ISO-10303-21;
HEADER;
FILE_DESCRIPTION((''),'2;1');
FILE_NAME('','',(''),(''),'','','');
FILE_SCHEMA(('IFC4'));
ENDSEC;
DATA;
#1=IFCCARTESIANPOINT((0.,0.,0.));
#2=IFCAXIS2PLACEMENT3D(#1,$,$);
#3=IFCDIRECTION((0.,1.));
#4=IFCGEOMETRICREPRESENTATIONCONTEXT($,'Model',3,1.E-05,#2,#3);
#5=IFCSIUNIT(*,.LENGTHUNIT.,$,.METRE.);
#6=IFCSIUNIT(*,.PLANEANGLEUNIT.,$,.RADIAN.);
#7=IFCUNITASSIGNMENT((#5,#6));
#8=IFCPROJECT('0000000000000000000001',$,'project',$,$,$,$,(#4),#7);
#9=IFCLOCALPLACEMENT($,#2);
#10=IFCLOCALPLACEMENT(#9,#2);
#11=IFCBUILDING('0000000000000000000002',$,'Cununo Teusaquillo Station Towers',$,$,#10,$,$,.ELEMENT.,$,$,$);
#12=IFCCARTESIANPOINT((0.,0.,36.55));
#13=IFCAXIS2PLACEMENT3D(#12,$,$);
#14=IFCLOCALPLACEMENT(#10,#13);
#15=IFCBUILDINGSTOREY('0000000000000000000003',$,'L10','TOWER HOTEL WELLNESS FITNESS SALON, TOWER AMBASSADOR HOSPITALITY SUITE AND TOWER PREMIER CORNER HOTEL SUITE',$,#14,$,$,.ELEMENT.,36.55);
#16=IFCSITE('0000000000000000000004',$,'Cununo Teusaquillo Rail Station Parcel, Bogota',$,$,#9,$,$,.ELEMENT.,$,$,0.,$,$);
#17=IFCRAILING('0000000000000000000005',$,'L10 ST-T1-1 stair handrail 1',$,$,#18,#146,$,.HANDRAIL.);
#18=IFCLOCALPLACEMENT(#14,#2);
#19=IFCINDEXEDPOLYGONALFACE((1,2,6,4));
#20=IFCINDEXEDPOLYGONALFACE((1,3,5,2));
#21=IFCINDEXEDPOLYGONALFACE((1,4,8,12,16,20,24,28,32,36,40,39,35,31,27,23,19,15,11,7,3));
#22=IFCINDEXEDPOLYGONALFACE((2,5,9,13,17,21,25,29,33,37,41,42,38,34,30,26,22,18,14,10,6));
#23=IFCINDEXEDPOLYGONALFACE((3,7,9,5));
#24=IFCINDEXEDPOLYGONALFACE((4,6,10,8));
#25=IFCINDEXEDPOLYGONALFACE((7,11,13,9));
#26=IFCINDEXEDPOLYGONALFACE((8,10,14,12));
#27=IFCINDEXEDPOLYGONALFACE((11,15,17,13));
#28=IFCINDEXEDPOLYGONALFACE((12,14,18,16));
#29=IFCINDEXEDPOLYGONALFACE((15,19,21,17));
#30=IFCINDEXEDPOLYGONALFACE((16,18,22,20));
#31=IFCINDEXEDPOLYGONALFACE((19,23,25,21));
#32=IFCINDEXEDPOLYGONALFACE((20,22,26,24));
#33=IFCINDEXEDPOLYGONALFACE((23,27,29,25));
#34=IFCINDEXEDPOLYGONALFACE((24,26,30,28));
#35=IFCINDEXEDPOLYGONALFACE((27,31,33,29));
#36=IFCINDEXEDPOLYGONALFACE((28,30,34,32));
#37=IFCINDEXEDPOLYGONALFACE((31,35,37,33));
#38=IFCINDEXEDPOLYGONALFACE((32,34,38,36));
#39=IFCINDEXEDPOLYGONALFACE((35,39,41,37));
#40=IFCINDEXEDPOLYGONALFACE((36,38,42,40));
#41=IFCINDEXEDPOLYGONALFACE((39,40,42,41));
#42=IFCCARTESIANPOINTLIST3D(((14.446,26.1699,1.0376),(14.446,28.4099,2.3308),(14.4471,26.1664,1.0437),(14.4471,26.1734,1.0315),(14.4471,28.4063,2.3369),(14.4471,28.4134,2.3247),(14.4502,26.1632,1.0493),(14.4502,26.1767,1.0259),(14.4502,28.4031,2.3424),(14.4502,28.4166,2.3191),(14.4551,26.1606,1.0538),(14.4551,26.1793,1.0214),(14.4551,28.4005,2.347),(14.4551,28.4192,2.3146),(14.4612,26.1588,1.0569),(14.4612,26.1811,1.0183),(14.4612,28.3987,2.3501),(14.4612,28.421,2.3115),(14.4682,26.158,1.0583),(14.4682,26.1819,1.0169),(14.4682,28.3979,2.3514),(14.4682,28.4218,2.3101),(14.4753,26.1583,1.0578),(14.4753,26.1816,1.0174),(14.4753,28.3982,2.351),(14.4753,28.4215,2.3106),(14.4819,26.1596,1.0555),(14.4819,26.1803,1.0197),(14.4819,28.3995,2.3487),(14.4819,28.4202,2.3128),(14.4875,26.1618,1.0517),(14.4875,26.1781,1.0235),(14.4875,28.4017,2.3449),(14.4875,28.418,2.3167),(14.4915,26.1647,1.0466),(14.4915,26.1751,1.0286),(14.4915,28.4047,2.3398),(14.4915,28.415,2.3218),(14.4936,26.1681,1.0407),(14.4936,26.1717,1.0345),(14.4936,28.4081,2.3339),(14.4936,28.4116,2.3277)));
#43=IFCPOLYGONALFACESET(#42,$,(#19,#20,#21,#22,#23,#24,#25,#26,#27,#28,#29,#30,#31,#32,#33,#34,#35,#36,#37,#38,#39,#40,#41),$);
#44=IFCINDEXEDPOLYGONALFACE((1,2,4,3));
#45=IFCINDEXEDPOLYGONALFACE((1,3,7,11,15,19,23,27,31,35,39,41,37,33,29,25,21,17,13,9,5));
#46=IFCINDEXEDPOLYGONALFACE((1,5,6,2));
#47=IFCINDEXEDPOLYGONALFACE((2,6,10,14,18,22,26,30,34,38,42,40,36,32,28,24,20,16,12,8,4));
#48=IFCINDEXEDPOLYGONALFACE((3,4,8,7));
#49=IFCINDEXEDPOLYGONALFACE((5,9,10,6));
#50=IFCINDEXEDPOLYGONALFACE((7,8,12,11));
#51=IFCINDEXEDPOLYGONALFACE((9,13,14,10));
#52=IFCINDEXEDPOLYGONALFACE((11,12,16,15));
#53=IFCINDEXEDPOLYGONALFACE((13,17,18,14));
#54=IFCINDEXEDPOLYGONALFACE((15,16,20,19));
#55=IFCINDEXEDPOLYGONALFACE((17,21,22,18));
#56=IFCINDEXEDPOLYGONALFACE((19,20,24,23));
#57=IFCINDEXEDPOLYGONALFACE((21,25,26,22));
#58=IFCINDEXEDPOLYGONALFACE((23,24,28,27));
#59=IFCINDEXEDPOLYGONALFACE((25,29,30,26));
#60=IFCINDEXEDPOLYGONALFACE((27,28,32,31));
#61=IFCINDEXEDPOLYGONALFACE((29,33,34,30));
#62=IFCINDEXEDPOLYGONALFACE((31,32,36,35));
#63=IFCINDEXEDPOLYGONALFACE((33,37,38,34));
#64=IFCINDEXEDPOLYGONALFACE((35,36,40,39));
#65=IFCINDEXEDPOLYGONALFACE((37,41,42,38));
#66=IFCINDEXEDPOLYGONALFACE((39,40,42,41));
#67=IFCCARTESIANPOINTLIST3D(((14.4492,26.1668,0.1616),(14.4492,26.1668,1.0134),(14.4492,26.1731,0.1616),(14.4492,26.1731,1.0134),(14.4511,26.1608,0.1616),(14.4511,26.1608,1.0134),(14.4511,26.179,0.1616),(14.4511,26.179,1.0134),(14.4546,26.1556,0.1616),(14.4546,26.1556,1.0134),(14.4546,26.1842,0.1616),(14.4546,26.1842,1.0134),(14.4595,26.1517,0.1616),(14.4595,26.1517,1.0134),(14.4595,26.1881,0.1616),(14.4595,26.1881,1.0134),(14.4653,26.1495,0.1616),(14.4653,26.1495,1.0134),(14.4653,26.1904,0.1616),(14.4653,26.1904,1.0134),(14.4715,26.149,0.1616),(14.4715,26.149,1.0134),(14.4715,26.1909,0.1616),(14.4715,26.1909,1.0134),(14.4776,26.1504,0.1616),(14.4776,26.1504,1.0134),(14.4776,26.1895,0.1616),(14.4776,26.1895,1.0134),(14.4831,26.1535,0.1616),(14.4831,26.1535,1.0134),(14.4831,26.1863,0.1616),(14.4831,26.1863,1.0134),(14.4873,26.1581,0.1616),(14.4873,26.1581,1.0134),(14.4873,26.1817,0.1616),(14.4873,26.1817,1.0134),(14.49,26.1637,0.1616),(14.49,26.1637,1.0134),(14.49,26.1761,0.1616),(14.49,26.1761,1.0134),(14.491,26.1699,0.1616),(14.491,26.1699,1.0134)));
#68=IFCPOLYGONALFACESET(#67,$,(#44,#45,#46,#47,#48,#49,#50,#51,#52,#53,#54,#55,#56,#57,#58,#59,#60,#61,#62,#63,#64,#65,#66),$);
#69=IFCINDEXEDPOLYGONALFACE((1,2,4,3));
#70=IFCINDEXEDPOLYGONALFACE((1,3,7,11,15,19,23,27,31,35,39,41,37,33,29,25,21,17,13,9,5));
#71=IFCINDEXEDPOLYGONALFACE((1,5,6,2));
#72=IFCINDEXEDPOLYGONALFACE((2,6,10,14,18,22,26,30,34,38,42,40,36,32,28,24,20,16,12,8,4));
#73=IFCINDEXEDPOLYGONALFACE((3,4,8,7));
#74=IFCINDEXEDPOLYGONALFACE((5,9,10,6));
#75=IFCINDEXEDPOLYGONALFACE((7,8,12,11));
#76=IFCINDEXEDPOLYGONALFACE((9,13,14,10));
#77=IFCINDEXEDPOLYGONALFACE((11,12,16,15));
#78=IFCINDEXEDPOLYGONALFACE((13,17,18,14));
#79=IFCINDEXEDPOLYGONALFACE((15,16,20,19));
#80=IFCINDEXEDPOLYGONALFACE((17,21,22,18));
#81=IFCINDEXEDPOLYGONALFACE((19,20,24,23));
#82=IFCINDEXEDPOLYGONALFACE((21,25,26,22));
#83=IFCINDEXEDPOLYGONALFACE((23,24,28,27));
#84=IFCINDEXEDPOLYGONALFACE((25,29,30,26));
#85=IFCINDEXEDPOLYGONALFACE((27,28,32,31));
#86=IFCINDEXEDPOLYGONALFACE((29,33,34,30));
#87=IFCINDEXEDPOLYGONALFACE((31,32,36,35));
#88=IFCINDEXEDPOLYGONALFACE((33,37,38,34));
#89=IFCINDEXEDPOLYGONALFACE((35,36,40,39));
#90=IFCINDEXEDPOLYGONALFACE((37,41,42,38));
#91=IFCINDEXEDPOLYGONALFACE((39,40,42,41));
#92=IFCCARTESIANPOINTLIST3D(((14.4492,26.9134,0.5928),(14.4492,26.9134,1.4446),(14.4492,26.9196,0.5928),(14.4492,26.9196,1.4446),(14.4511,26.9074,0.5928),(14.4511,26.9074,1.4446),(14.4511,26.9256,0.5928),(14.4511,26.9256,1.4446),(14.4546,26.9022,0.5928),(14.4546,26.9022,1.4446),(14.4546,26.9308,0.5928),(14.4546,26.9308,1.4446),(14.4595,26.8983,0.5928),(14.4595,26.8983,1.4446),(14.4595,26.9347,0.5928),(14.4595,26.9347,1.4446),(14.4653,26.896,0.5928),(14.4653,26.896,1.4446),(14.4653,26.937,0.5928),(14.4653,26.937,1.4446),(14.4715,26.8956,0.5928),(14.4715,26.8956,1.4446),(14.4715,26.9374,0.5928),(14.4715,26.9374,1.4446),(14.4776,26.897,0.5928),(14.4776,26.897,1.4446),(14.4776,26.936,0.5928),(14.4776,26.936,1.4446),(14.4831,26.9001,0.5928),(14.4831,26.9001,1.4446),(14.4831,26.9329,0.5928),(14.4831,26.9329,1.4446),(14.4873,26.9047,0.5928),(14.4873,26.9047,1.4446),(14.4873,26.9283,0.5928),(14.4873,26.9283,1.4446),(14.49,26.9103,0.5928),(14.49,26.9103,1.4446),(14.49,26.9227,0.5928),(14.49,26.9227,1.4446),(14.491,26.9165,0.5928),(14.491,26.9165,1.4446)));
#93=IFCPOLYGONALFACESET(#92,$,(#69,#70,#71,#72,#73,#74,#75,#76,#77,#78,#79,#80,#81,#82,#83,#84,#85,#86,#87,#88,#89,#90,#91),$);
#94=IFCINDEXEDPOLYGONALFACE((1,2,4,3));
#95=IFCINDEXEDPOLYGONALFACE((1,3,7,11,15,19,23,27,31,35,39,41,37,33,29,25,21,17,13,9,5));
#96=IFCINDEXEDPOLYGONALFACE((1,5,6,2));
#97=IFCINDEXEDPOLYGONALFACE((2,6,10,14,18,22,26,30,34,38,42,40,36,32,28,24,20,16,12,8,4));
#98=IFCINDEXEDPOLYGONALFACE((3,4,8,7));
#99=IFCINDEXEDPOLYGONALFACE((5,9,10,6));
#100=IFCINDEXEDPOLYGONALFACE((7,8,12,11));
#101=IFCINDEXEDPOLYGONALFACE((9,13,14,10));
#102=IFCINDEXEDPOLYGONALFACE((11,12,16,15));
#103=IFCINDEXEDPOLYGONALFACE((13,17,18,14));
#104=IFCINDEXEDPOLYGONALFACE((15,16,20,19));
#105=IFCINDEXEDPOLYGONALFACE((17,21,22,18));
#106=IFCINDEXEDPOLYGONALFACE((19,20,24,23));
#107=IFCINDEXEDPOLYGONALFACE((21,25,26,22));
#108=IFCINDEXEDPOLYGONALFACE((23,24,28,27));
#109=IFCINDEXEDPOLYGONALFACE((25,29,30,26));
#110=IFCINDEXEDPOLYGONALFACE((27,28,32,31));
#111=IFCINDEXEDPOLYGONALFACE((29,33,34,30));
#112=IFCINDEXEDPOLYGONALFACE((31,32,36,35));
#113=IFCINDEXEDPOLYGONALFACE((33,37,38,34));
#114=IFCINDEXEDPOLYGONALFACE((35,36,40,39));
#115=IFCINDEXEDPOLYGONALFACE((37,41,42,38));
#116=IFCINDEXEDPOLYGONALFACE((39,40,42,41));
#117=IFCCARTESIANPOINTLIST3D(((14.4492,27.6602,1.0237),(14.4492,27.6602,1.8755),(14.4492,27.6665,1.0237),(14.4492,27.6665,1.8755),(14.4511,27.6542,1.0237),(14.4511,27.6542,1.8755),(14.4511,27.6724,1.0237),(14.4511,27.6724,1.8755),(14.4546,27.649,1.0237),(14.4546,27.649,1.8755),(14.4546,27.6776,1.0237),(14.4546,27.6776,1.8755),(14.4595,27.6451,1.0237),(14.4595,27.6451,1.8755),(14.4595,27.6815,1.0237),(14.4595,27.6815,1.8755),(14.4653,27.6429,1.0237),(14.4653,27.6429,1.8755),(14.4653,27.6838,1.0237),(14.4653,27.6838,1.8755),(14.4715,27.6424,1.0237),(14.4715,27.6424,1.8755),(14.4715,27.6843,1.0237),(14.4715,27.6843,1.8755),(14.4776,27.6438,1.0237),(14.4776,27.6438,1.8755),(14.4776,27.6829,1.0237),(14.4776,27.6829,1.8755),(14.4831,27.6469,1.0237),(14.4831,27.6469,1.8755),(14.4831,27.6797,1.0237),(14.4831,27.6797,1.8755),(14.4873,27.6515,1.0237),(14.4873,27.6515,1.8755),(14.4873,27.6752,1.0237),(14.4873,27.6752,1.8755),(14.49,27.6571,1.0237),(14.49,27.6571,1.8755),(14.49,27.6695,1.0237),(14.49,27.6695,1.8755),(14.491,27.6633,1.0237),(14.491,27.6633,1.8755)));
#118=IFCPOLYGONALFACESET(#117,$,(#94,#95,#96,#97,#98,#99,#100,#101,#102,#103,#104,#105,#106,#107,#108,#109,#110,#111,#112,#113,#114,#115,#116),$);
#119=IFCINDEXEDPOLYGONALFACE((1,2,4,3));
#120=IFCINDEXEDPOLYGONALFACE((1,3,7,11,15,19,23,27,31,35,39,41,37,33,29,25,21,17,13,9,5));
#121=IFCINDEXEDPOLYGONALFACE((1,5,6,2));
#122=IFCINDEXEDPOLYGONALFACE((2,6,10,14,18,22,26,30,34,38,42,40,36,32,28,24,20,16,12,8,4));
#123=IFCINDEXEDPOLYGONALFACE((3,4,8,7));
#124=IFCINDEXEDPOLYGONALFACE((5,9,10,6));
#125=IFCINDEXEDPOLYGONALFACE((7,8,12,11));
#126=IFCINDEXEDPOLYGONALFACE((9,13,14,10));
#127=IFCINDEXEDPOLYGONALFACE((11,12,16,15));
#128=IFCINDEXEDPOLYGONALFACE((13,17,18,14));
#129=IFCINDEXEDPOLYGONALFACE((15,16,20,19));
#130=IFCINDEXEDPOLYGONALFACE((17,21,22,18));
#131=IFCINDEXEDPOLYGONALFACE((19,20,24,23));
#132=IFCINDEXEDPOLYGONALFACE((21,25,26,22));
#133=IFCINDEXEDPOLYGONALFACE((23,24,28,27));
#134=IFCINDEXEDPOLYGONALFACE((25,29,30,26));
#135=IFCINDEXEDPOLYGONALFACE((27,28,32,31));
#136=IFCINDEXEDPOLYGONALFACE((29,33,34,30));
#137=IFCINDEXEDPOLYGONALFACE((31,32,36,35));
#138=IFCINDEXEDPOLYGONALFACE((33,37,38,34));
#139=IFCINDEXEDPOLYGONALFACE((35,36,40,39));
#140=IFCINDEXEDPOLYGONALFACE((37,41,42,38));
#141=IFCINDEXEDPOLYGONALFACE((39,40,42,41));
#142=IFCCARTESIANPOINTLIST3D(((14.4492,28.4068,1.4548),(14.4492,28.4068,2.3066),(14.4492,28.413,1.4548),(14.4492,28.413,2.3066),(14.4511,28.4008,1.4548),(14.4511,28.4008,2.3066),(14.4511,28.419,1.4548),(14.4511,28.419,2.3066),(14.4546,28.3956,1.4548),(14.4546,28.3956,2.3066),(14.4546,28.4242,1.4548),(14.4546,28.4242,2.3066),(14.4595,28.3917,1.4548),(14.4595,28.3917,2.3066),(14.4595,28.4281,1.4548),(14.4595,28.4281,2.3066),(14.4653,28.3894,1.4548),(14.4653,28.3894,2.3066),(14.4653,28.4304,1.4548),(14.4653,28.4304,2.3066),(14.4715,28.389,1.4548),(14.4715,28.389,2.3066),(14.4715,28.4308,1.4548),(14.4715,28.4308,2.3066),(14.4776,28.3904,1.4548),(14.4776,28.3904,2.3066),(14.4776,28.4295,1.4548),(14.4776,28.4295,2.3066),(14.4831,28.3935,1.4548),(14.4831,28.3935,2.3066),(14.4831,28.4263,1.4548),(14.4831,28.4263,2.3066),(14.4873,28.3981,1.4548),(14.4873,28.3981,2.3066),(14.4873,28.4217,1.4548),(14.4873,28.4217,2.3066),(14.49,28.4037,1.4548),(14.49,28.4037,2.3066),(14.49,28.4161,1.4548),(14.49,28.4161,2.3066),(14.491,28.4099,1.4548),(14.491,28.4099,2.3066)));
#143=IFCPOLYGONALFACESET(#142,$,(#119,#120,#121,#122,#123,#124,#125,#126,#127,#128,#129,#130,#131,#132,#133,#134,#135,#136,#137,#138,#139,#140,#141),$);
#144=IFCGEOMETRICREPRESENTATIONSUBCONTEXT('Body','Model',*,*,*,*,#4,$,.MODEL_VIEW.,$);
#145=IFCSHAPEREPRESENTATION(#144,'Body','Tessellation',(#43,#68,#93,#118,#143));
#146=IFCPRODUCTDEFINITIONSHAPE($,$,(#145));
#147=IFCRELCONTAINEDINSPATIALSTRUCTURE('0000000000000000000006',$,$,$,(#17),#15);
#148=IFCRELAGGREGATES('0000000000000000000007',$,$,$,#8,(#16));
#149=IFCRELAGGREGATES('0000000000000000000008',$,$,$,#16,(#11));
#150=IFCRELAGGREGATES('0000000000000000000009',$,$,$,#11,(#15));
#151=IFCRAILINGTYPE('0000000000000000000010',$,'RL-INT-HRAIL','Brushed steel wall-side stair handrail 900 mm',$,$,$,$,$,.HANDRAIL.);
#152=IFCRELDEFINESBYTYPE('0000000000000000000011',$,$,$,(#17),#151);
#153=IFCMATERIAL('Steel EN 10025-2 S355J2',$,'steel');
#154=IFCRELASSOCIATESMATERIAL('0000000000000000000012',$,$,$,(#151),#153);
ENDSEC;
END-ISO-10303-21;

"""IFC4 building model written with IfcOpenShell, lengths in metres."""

from ifc_helpers import new_model, si_unit, direction, frame, origin, origin_2d, place, context, subcontext, project, spatial, circle, extrude, material, type_object, element, save


model = new_model("IFC4")

# Units and contexts
model_context = context("Model", 3, precision=1e-05, world=origin(), true_north=direction((0.0, 1.0)))
body_context = subcontext(model_context, "Body", "Model", "MODEL_VIEW")
ifc_project = project(units=[si_unit("LENGTHUNIT", "METRE"), si_unit("PLANEANGLEUNIT", "RADIAN")], contexts=[model_context])

# Site, building, storey
site_placement = place(None, origin())
site = spatial("IfcSite", under=ifc_project, at=site_placement, Name="Cununo Teusaquillo Rail Station Parcel, Bogota", CompositionType="ELEMENT", RefElevation=0.0)
building_placement = place(site_placement, origin())
building = spatial("IfcBuilding", under=site, at=building_placement, Name="Cununo Teusaquillo Station Towers", CompositionType="ELEMENT")
storey_placement = place(building_placement, frame((0.0, 0.0, 36.55)))
storey = spatial("IfcBuildingStorey", under=building, at=storey_placement, Name="L10", Description="TOWER HOTEL WELLNESS FITNESS SALON, TOWER AMBASSADOR HOSPITALITY SUITE AND TOWER PREMIER CORNER HOTEL SUITE", CompositionType="ELEMENT", Elevation=36.55)

# Railing
ifc_material_1 = material(Name="Steel EN 10025-2 S355J2", Category="steel")
railing_type_1 = type_object("IfcRailingType", Name="RL-INT-HRAIL", Description="Brushed steel wall-side stair handrail 900 mm", PredefinedType="HANDRAIL", material=ifc_material_1)
railing_1_placement = place(storey_placement, frame((14.47, 26.1699, 0.1616)))
element("IfcRailing", 1, at=railing_1_placement, inside=storey, type_object=railing_type_1, Name="L10 ST-T1-1 stair handrail 1", PredefinedType="HANDRAIL", context=body_context, shape_type="SweptSolid", body=[
    extrude(circle(Radius=0.0239, at=origin_2d()), frame((0.0, 0.0, 0.876), z_axis=(0.0, 0.866033, 0.499987), x_axis=(-1.0, 0.0, 0.0)), (0.0, 0.0, 1.0), 2.5864),
    extrude(circle(Radius=0.021, at=origin_2d()), origin(), (0.0, 0.0, 1.0), 0.8518),
    extrude(circle(Radius=0.021, at=origin_2d()), frame((0.0, 0.7466, 0.4312)), (0.0, 0.0, 1.0), 0.8518),
    extrude(circle(Radius=0.021, at=origin_2d()), frame((0.0, 1.4934, 0.8621)), (0.0, 0.0, 1.0), 0.8518),
    extrude(circle(Radius=0.021, at=origin_2d()), frame((0.0, 2.24, 1.2932)), (0.0, 0.0, 1.0), 0.8518),
])

save(model, "model.ifc")
